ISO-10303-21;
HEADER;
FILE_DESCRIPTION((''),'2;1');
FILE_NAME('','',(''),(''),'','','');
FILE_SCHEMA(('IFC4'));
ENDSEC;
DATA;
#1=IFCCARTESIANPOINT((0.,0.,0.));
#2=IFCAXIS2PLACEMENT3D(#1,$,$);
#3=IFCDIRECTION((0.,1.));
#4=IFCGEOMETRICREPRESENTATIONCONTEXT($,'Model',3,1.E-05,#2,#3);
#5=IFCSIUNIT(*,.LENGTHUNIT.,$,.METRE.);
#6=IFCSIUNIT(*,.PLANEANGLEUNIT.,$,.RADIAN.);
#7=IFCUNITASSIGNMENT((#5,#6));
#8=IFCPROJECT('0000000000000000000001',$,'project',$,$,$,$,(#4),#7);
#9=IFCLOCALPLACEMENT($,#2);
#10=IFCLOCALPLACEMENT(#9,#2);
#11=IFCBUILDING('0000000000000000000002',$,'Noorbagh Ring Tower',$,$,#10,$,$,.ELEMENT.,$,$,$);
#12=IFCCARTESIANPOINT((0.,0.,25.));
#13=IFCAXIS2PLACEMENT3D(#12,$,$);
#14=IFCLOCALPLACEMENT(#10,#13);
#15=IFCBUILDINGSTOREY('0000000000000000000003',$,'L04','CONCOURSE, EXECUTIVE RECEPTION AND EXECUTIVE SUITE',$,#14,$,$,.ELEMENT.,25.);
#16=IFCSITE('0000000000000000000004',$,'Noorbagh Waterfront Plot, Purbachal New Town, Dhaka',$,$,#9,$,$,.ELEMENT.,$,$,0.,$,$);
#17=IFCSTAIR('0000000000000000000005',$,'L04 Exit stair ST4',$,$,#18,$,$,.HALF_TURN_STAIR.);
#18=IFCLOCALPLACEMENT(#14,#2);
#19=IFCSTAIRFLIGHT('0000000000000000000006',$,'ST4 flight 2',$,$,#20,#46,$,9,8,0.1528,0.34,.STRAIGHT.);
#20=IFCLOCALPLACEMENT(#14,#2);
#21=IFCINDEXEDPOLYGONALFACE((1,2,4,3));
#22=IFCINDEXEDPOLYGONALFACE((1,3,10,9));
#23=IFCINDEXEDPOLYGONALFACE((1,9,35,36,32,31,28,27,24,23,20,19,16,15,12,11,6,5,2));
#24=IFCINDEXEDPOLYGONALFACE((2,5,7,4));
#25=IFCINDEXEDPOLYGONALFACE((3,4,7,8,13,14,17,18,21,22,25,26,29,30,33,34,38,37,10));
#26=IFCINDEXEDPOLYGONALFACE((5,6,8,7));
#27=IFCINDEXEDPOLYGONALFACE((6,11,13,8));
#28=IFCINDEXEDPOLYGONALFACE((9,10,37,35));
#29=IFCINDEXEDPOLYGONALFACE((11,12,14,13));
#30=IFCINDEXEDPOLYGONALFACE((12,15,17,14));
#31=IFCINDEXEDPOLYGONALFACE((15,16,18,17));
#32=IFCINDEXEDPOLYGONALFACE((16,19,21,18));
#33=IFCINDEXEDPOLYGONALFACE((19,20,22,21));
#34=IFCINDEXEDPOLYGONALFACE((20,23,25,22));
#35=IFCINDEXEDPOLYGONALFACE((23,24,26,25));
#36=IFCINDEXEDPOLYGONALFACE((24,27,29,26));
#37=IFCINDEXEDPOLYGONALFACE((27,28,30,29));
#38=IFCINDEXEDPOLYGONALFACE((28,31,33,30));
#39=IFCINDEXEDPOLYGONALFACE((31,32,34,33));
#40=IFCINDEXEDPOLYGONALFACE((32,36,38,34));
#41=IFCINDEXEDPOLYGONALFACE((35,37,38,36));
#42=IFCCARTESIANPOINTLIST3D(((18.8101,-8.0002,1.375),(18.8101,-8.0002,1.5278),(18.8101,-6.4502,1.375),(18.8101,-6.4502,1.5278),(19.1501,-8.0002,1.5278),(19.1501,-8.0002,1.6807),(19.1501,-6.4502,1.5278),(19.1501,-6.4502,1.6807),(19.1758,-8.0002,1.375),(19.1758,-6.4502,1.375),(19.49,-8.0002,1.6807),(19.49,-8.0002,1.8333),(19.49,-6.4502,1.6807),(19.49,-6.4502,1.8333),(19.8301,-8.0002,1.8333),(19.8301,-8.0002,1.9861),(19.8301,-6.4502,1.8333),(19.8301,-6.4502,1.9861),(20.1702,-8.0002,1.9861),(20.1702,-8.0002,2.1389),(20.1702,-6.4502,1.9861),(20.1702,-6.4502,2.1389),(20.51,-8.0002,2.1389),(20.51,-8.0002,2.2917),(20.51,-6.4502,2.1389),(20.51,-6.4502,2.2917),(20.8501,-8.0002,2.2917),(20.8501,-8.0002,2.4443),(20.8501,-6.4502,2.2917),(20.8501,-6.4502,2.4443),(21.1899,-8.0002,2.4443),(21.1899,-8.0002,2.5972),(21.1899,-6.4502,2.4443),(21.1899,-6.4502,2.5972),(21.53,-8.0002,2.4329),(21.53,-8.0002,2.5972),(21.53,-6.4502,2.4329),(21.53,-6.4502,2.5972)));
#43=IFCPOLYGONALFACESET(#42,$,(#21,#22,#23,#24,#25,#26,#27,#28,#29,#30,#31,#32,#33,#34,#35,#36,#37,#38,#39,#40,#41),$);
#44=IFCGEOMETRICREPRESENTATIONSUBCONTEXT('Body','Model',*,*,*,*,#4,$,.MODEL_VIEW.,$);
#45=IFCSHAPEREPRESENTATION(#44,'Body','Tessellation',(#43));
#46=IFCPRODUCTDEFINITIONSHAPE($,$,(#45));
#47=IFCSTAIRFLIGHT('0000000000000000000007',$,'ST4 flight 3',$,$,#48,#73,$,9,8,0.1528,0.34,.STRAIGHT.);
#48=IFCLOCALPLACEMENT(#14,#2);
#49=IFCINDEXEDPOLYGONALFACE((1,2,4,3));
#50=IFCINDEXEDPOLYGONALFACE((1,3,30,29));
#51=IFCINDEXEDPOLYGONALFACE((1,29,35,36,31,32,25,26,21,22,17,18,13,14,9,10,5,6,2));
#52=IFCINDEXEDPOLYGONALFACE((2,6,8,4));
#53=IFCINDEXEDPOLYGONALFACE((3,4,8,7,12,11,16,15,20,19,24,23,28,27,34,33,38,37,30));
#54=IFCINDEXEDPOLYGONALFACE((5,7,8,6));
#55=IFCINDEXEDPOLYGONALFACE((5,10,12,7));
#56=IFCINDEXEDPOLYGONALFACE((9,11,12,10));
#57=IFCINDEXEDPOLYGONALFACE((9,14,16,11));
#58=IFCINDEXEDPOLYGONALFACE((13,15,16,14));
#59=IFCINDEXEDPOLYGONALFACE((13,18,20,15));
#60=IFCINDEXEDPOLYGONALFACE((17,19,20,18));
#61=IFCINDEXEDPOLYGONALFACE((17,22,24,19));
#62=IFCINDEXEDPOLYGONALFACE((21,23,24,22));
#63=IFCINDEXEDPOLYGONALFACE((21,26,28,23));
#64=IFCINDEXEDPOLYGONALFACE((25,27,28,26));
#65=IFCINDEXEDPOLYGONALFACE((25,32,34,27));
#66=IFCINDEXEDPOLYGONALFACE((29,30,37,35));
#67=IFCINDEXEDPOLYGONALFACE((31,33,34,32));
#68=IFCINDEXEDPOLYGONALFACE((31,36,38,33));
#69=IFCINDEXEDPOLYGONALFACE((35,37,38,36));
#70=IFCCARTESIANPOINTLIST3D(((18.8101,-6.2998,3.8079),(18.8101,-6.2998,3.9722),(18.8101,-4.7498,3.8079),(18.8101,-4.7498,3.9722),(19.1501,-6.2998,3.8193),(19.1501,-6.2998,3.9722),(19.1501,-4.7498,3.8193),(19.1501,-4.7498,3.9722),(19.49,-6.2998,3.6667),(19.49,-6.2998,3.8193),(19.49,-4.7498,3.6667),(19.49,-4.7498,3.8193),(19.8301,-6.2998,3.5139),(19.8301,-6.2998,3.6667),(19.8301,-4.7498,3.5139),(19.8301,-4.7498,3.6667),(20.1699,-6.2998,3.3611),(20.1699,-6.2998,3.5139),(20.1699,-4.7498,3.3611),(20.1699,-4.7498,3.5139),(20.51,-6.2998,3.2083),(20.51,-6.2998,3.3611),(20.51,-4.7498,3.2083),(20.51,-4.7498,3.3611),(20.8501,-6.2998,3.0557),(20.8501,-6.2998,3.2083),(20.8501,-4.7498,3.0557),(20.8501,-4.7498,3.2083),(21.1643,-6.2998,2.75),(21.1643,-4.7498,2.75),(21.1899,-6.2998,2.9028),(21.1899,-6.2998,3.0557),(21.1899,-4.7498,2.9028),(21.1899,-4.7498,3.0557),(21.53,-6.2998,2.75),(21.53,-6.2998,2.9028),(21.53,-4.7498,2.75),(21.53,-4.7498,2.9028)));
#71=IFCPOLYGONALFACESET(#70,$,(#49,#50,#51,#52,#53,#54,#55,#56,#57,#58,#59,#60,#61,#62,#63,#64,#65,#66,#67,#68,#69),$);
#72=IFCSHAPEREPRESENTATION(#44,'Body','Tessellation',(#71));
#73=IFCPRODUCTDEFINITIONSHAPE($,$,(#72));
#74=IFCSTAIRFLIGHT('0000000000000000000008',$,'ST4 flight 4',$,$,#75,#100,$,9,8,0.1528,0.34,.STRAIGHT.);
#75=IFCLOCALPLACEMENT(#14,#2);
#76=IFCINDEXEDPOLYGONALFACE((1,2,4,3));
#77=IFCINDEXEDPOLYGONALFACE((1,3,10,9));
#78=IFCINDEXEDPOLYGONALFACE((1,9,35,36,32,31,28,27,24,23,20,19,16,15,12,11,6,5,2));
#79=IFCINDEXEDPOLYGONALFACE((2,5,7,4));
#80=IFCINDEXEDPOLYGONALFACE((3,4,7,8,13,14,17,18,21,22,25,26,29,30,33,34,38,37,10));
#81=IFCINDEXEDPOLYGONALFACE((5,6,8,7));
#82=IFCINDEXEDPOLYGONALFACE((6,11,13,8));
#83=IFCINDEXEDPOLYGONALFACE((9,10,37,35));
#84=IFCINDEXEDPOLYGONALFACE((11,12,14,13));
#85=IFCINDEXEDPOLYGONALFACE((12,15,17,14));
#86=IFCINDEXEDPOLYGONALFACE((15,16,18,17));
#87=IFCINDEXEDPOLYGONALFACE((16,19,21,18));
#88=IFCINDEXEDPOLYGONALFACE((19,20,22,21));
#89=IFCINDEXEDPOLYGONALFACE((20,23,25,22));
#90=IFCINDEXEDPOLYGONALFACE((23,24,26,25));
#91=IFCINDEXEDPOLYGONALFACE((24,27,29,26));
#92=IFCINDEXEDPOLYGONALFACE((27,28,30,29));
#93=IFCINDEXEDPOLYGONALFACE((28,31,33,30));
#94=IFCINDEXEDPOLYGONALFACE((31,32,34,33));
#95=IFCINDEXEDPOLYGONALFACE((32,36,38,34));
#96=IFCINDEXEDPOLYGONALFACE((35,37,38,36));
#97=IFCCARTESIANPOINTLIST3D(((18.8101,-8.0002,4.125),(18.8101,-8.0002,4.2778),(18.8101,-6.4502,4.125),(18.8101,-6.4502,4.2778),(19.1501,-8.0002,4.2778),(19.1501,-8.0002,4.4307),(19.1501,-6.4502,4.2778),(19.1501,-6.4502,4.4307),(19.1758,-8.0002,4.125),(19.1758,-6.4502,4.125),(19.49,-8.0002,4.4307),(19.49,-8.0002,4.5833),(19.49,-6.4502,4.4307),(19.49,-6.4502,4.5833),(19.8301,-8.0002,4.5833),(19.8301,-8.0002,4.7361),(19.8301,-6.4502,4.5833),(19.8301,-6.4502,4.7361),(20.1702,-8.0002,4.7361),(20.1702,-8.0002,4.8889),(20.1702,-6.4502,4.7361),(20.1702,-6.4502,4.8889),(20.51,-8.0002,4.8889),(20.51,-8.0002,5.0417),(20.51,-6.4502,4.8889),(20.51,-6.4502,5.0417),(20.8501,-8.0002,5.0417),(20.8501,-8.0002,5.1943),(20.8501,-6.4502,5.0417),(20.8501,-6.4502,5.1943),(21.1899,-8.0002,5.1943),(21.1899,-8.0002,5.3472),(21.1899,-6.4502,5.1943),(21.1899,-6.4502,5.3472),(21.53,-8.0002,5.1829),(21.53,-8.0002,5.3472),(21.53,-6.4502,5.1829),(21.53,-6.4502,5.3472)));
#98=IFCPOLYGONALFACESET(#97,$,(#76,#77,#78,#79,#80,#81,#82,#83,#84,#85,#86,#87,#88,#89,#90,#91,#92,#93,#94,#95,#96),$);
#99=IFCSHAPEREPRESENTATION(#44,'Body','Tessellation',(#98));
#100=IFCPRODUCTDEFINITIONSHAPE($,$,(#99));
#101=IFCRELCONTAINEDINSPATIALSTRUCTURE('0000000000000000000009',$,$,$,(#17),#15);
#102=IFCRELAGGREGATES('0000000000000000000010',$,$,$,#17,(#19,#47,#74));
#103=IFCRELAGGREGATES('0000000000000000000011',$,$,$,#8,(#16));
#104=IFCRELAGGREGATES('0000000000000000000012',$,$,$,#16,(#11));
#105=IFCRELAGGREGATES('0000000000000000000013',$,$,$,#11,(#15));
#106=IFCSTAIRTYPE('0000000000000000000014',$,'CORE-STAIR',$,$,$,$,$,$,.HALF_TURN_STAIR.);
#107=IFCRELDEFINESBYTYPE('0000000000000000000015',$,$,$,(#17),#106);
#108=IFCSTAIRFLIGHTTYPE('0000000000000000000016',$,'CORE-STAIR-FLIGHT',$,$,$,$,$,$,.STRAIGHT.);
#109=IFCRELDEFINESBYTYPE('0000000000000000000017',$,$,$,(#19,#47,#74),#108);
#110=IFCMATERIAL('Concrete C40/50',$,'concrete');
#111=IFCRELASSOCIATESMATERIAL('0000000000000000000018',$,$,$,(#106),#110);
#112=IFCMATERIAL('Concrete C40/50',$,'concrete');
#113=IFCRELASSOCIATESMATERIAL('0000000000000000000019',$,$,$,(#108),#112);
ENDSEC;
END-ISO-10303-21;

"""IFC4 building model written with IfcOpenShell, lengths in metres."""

from ifc_helpers import new_model, si_unit, direction, frame, origin, place, context, subcontext, project, spatial, polyline, outline, extrude, material, type_object, element, aggregate, save


model = new_model("IFC4")

# Units and contexts
model_context = context("Model", 3, precision=1e-05, world=origin(), true_north=direction((0.0, 1.0)))
body_context = subcontext(model_context, "Body", "Model", "MODEL_VIEW")
ifc_project = project(units=[si_unit("LENGTHUNIT", "METRE"), si_unit("PLANEANGLEUNIT", "RADIAN")], contexts=[model_context])

# Site, building, storey
site_placement = place(None, origin())
site = spatial("IfcSite", under=ifc_project, at=site_placement, Name="Noorbagh Waterfront Plot, Purbachal New Town, Dhaka", CompositionType="ELEMENT", RefElevation=0.0)
building_placement = place(site_placement, origin())
building = spatial("IfcBuilding", under=site, at=building_placement, Name="Noorbagh Ring Tower", CompositionType="ELEMENT")
storey_placement = place(building_placement, frame((0.0, 0.0, 25.0)))
storey = spatial("IfcBuildingStorey", under=building, at=storey_placement, Name="L04", Description="CONCOURSE, EXECUTIVE RECEPTION AND EXECUTIVE SUITE", CompositionType="ELEMENT", Elevation=25.0)

# Stair, stair flights
ifc_material_1 = material(Name="Concrete C40/50", Category="concrete")
stair_type = type_object("IfcStairType", Name="CORE-STAIR", PredefinedType="HALF_TURN_STAIR", material=ifc_material_1)
stair_placement = place(storey_placement, origin())
stair = element("IfcStair", 1, at=stair_placement, inside=storey, type_object=stair_type, Name="L04 Exit stair ST4", PredefinedType="HALF_TURN_STAIR")
ifc_material_2 = material(Name="Concrete C40/50", Category="concrete")
stair_flight_type = type_object("IfcStairFlightType", Name="CORE-STAIR-FLIGHT", PredefinedType="STRAIGHT", material=ifc_material_2)
stair_flight_1_placement = place(storey_placement, frame((18.8101, -7.2251, 1.375), z_axis=(0.0, 0.0, 1.0), x_axis=(1.0, 0.0, 0.0)))
stair_flight_1 = element("IfcStairFlight", 2, at=stair_flight_1_placement, type_object=stair_flight_type, Name="ST4 flight 2", NumberOfRisers=9, NumberOfTreads=8, PredefinedType="STRAIGHT", RiserHeight=0.1528, TreadLength=0.34, context=body_context, shape_type="SweptSolid", body=[
    extrude(outline(polyline([(0.0, 0.0), (0.0, 0.1528), (0.3401, 0.1528), (0.3401, 0.3057), (0.6799, 0.3057), (0.6799, 0.4583), (1.02, 0.4583), (1.02, 0.6111), (1.3601, 0.6111), (1.3601, 0.7639), (1.7, 0.7639), (1.7, 0.9167), (2.04, 0.9167), (2.04, 1.0693), (2.3799, 1.0693), (2.3799, 1.2222), (2.72, 1.2222), (2.72, 1.375), (2.72, 1.0579), (0.3657, 0.0), (0.0, 0.0)])), frame((0.0, 0.7749, 0.0), z_axis=(0.0, -1.0, 0.0), x_axis=(1.0, 0.0, 0.0)), (0.0, 0.0, 1.0), 1.55),
])
stair_flight_2_placement = place(storey_placement, frame((21.53, -5.5249, 2.75), z_axis=(0.0, 0.0, 1.0), x_axis=(-1.0, 0.0, 0.0)))
stair_flight_2 = element("IfcStairFlight", 3, at=stair_flight_2_placement, type_object=stair_flight_type, Name="ST4 flight 3", NumberOfRisers=9, NumberOfTreads=8, PredefinedType="STRAIGHT", RiserHeight=0.1528, TreadLength=0.34, context=body_context, shape_type="SweptSolid", body=[
    extrude(outline(polyline([(0.0, 0.0), (0.0, 0.1528), (0.3401, 0.1528), (0.3401, 0.3057), (0.6799, 0.3057), (0.6799, 0.4583), (1.02, 0.4583), (1.02, 0.6111), (1.3601, 0.6111), (1.3601, 0.7639), (1.7, 0.7639), (1.7, 0.9167), (2.04, 0.9167), (2.04, 1.0693), (2.3799, 1.0693), (2.3799, 1.2222), (2.72, 1.2222), (2.72, 1.375), (2.72, 1.0579), (0.3657, 0.0), (0.0, 0.0)])), frame((0.0, 0.7749, 0.0), z_axis=(0.0, -1.0, 0.0), x_axis=(1.0, 0.0, 0.0)), (0.0, 0.0, 1.0), 1.55),
])
stair_flight_3_placement = place(storey_placement, frame((18.8101, -7.2251, 4.125), z_axis=(0.0, 0.0, 1.0), x_axis=(1.0, 0.0, 0.0)))
stair_flight_3 = element("IfcStairFlight", 4, at=stair_flight_3_placement, type_object=stair_flight_type, Name="ST4 flight 4", NumberOfRisers=9, NumberOfTreads=8, PredefinedType="STRAIGHT", RiserHeight=0.1528, TreadLength=0.34, context=body_context, shape_type="SweptSolid", body=[
    extrude(outline(polyline([(0.0, 0.0), (0.0, 0.1528), (0.3401, 0.1528), (0.3401, 0.3057), (0.6799, 0.3057), (0.6799, 0.4583), (1.02, 0.4583), (1.02, 0.6111), (1.3601, 0.6111), (1.3601, 0.7639), (1.7, 0.7639), (1.7, 0.9167), (2.04, 0.9167), (2.04, 1.0693), (2.3799, 1.0693), (2.3799, 1.2222), (2.72, 1.2222), (2.72, 1.375), (2.72, 1.0579), (0.3657, 0.0), (0.0, 0.0)])), frame((0.0, 0.7749, 0.0), z_axis=(0.0, -1.0, 0.0), x_axis=(1.0, 0.0, 0.0)), (0.0, 0.0, 1.0), 1.55),
])
aggregate(stair, [stair_flight_1, stair_flight_2, stair_flight_3])

save(model, "model.ifc")
